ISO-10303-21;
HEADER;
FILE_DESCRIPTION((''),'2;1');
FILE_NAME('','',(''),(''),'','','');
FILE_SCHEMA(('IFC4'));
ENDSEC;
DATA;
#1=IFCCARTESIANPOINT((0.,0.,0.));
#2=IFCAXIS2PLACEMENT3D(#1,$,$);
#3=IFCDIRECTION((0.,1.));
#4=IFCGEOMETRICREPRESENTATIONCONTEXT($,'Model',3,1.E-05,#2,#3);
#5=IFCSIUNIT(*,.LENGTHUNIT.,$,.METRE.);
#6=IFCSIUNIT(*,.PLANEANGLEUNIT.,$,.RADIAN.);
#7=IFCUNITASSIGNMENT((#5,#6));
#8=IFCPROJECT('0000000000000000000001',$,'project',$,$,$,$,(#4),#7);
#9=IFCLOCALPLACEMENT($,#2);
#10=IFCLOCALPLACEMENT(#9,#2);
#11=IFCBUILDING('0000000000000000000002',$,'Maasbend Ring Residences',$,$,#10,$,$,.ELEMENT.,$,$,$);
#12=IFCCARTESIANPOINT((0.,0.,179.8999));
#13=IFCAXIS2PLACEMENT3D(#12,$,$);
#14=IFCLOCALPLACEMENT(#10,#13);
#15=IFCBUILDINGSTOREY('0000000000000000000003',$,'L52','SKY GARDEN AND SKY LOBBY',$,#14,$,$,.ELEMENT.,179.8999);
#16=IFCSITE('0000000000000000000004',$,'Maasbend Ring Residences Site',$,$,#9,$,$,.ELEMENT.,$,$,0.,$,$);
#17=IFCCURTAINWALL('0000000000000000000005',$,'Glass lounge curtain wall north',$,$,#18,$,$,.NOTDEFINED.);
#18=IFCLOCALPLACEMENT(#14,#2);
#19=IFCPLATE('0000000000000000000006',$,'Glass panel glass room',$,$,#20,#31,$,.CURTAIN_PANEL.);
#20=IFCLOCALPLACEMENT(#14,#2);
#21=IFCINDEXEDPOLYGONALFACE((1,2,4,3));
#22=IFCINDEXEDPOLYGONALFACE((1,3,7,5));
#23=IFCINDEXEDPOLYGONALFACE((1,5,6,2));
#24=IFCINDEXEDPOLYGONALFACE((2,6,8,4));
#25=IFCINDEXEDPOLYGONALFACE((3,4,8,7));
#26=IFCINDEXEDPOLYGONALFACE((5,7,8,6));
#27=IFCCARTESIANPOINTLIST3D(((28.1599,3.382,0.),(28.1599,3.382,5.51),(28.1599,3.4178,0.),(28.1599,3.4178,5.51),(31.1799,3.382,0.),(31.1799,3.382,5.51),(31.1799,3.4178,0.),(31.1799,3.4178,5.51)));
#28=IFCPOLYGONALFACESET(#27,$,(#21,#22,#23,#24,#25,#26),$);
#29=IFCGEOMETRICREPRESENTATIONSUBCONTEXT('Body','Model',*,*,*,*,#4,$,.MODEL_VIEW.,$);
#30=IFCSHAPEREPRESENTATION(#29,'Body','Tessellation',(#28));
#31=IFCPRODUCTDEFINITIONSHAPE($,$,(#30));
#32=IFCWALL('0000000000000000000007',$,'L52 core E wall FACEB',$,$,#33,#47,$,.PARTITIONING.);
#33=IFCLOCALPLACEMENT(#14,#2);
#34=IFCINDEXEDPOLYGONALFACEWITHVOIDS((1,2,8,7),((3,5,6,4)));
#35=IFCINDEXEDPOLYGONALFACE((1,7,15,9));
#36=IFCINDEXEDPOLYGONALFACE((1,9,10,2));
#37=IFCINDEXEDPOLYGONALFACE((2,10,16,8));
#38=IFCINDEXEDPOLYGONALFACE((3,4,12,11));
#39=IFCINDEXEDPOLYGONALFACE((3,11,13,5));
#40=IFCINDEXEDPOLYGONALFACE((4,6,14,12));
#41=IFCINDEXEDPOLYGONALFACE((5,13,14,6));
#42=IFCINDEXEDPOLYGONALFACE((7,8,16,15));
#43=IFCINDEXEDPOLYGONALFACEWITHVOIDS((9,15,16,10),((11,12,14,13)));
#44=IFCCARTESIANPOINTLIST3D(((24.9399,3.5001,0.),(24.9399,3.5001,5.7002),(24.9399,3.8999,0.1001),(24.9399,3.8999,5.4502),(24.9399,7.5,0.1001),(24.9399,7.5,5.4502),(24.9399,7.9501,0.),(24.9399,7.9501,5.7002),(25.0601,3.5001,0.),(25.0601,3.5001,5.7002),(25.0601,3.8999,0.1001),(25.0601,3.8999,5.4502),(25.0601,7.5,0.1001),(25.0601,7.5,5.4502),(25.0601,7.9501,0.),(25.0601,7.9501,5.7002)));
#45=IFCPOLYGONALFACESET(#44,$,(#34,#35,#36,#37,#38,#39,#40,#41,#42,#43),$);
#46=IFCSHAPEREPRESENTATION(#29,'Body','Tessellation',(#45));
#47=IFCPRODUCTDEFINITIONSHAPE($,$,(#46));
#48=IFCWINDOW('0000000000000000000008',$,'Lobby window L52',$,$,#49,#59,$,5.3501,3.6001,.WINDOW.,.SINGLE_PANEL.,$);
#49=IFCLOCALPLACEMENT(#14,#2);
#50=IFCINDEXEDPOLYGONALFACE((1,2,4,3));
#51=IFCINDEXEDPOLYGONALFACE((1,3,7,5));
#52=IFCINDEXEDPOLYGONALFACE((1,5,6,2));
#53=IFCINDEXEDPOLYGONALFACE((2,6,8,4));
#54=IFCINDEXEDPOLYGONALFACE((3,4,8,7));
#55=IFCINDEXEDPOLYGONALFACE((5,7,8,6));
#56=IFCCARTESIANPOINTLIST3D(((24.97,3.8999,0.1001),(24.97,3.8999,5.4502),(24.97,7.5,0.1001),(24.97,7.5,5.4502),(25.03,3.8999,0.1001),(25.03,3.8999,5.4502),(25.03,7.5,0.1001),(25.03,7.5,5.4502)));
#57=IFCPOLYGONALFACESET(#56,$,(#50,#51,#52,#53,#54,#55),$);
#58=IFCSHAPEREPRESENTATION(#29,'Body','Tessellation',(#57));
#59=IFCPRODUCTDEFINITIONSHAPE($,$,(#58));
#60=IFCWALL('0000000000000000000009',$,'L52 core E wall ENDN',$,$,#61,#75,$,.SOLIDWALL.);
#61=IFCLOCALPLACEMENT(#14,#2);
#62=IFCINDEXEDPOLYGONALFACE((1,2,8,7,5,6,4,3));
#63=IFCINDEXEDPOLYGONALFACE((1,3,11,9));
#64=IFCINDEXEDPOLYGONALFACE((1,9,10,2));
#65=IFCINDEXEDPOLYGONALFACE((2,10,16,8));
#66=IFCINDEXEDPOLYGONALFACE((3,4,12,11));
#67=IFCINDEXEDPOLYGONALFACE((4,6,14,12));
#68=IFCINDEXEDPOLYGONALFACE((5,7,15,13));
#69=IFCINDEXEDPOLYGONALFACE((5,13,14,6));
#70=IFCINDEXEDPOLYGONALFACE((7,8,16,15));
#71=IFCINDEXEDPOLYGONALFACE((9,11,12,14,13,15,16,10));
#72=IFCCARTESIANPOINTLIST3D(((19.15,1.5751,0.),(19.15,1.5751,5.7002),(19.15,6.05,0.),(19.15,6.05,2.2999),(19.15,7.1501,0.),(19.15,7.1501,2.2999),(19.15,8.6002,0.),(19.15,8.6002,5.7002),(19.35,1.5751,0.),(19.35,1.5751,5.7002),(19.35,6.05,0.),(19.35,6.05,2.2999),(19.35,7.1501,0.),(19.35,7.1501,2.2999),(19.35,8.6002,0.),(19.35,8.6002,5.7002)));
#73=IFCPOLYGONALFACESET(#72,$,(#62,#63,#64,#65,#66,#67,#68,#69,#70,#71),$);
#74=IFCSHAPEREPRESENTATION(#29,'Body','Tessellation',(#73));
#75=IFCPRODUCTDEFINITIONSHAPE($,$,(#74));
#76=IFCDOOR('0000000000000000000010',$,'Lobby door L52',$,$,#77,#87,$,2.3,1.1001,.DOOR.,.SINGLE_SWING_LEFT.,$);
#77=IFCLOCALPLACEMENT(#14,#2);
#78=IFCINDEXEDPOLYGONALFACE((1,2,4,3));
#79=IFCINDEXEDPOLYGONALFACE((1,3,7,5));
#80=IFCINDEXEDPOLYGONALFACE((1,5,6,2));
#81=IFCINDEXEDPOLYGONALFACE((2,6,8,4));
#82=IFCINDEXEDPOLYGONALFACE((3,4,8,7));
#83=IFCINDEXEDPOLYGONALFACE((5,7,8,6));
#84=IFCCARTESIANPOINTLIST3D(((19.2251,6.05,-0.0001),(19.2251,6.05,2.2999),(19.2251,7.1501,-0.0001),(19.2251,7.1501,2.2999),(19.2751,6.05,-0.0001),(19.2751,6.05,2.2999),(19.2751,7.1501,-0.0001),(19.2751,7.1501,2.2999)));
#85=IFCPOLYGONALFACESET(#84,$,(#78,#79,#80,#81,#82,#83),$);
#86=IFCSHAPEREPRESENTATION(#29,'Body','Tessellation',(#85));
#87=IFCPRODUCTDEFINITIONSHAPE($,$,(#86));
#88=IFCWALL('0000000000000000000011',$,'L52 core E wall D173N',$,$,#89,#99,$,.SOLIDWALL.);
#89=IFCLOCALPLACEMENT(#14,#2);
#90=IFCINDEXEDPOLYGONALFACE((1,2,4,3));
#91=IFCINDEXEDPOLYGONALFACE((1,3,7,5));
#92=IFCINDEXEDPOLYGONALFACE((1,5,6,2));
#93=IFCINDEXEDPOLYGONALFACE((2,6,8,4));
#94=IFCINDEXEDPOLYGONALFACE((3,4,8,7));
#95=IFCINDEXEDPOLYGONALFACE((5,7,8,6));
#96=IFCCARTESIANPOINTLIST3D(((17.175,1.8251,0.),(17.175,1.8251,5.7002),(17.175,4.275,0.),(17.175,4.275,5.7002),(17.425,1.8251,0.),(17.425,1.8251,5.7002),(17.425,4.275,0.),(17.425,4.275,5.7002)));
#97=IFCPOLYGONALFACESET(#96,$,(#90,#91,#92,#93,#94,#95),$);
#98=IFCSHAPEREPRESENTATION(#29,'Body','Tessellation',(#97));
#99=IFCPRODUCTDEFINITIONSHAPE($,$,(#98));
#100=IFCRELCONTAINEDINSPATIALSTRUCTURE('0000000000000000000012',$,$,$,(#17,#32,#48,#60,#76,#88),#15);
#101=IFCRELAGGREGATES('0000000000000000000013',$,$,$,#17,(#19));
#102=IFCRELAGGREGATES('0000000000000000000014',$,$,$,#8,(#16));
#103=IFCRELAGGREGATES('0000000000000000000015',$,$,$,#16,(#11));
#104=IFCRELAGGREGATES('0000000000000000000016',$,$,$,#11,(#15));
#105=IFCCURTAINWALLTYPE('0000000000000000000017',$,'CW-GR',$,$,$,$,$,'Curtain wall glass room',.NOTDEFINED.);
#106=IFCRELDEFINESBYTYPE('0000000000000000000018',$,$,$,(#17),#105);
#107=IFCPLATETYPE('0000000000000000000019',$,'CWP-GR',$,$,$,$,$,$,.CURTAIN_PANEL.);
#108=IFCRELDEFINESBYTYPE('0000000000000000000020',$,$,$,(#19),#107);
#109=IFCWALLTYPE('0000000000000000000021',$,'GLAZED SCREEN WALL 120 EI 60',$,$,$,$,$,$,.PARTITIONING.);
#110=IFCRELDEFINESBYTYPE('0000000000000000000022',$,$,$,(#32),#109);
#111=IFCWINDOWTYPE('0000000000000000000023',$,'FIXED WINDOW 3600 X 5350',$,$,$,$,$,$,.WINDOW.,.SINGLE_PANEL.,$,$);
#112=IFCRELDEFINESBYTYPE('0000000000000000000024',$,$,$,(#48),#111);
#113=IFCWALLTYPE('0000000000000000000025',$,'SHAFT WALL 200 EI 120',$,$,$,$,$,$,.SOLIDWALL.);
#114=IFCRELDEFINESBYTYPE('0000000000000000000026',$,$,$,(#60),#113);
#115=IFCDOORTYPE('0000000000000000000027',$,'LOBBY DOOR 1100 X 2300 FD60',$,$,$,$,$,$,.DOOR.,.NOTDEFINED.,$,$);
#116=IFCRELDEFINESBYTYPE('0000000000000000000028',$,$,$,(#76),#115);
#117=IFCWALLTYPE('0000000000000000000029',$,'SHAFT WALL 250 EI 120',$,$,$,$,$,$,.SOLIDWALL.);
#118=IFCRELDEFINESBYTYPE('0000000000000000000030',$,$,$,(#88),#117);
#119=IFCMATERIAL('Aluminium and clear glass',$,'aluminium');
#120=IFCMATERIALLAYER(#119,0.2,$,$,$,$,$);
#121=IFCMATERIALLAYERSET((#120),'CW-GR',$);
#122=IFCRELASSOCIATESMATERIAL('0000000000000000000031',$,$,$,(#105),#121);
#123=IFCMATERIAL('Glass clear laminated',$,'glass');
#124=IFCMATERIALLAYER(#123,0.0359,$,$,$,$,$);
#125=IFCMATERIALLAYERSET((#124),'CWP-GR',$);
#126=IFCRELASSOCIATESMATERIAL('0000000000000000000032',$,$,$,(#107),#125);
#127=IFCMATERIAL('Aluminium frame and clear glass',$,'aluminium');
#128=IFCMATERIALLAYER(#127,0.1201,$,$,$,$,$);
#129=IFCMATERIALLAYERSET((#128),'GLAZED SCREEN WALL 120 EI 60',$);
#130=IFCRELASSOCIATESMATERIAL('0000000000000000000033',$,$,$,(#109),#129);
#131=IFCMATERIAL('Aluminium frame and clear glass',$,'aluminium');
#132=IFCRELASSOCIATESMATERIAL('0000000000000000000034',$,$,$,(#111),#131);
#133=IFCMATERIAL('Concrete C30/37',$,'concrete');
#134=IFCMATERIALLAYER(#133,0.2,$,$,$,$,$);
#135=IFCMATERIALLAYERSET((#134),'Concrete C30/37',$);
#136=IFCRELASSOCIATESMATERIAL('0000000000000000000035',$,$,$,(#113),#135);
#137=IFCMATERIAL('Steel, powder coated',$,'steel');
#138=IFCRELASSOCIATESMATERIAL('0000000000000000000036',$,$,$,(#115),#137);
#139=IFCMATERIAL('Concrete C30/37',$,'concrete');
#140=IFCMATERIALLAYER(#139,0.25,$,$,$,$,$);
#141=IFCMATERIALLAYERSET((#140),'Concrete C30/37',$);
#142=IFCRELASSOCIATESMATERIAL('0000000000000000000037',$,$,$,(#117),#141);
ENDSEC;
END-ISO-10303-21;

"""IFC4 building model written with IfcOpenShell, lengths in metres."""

from ifc_helpers import new_model, si_unit, direction, frame, frame_2d, origin, origin_2d, place, context, subcontext, project, spatial, rectangle, extrude, material, layer, layer_set, type_object, element, fill, aggregate, save


model = new_model("IFC4")

# Units and contexts
model_context = context("Model", 3, precision=1e-05, world=origin(), true_north=direction((0.0, 1.0)))
body_context = subcontext(model_context, "Body", "Model", "MODEL_VIEW")
ifc_project = project(units=[si_unit("LENGTHUNIT", "METRE"), si_unit("PLANEANGLEUNIT", "RADIAN")], contexts=[model_context])

# Site, building, storey
site_placement = place(None, origin())
site = spatial("IfcSite", under=ifc_project, at=site_placement, Name="Maasbend Ring Residences Site", CompositionType="ELEMENT", RefElevation=0.0)
building_placement = place(site_placement, origin())
building = spatial("IfcBuilding", under=site, at=building_placement, Name="Maasbend Ring Residences", CompositionType="ELEMENT")
storey_placement = place(building_placement, frame((0.0, 0.0, 179.8999)))
storey = spatial("IfcBuildingStorey", under=building, at=storey_placement, Name="L52", Description="SKY GARDEN AND SKY LOBBY", CompositionType="ELEMENT", Elevation=179.8999)

# Curtain wall
ifc_material_1 = material(Name="Aluminium and clear glass", Category="aluminium")
ifc_layer_1 = layer(ifc_material_1, 0.2)
ifc_layer_set_1 = layer_set([ifc_layer_1], Name="CW-GR")
curtain_wall_type = type_object("IfcCurtainWallType", Name="CW-GR", ElementType="Curtain wall glass room", PredefinedType="NOTDEFINED", material=ifc_layer_set_1)
curtain_wall_1_placement = place(storey_placement, origin())
curtain_wall_1 = element("IfcCurtainWall", 1, at=curtain_wall_1_placement, inside=storey, type_object=curtain_wall_type, Name="Glass lounge curtain wall north", PredefinedType="NOTDEFINED")

# Plate
ifc_material_2 = material(Name="Glass clear laminated", Category="glass")
ifc_layer_2 = layer(ifc_material_2, 0.0359)
ifc_layer_set_2 = layer_set([ifc_layer_2], Name="CWP-GR")
plate_type = type_object("IfcPlateType", Name="CWP-GR", PredefinedType="CURTAIN_PANEL", material=ifc_layer_set_2)
plate_1_placement = place(storey_placement, frame((29.6699, 3.3999, 0.0), z_axis=(0.0, 0.0, 1.0), x_axis=(1.0, 0.0, 0.0)))
plate_1 = element("IfcPlate", 2, at=plate_1_placement, type_object=plate_type, Name="Glass panel glass room", PredefinedType="CURTAIN_PANEL", context=body_context, shape_type="SweptSolid", body=[
    extrude(rectangle(XDim=3.02, YDim=0.0359, at=origin_2d()), origin(), (0.0, 0.0, 1.0), 5.51),
])
aggregate(curtain_wall_1, [plate_1])

# Wall, opening, window
ifc_material_3 = material(Name="Aluminium frame and clear glass", Category="aluminium")
ifc_layer_3 = layer(ifc_material_3, 0.1201)
ifc_layer_set_3 = layer_set([ifc_layer_3], Name="GLAZED SCREEN WALL 120 EI 60")
wall_type_1 = type_object("IfcWallType", Name="GLAZED SCREEN WALL 120 EI 60", PredefinedType="PARTITIONING", material=ifc_layer_set_3)
wall_1_placement = place(storey_placement, frame((25.0, 3.5, 0.0), z_axis=(0.0, 0.0, 1.0), x_axis=(0.0, 1.0, 0.0)))
wall_1 = element("IfcWall", 3, at=wall_1_placement, inside=storey, type_object=wall_type_1, Name="L52 core E wall FACEB", PredefinedType="PARTITIONING", context=body_context, shape_type="SweptSolid", body=[
    extrude(rectangle(XDim=4.45, YDim=0.1201, at=frame_2d((2.2251, 0.0))), origin(), (0.0, 0.0, 1.0), 5.7002),
])
opening_1_placement = place(wall_1_placement, frame((0.3999, 0.0, 0.1001)))
opening_1 = element("IfcOpeningElement", 4, at=opening_1_placement, cuts=wall_1, PredefinedType="OPENING", context=body_context, shape_type="SweptSolid", body=[
    extrude(rectangle(XDim=3.6001, YDim=5.3501, at=frame_2d((1.8, 2.675))), frame((0.0, 0.0701, 0.0), z_axis=(0.0, -1.0, 0.0), x_axis=(1.0, 0.0, 0.0)), (0.0, 0.0, 1.0), 0.1401),
])
ifc_material_4 = material(Name="Aluminium frame and clear glass", Category="aluminium")
window_type = type_object("IfcWindowType", Name="FIXED WINDOW 3600 X 5350", PartitioningType="SINGLE_PANEL", PredefinedType="WINDOW", material=ifc_material_4)
window_placement = place(opening_1_placement, origin())
window = element("IfcWindow", 5, at=window_placement, inside=storey, type_object=window_type, Name="Lobby window L52", OverallHeight=5.3501, OverallWidth=3.6001, PartitioningType="SINGLE_PANEL", PredefinedType="WINDOW", context=body_context, shape_type="SweptSolid", body=[
    extrude(rectangle(XDim=3.6001, YDim=5.3501, at=frame_2d((1.8, 2.675))), frame((0.0, 0.03, 0.0), z_axis=(0.0, -1.0, 0.0), x_axis=(1.0, 0.0, 0.0)), (0.0, 0.0, 1.0), 0.0601),
])
fill(opening_1, window)

# Wall, opening, door
ifc_material_5 = material(Name="Concrete C30/37", Category="concrete")
ifc_layer_4 = layer(ifc_material_5, 0.2)
ifc_layer_set_4 = layer_set([ifc_layer_4], Name="Concrete C30/37")
wall_type_2 = type_object("IfcWallType", Name="SHAFT WALL 200 EI 120", PredefinedType="SOLIDWALL", material=ifc_layer_set_4)
wall_2_placement = place(storey_placement, frame((19.25, 1.575, 0.0), z_axis=(0.0, 0.0, 1.0), x_axis=(0.0, 1.0, 0.0)))
wall_2 = element("IfcWall", 6, at=wall_2_placement, inside=storey, type_object=wall_type_2, Name="L52 core E wall ENDN", PredefinedType="SOLIDWALL", context=body_context, shape_type="SweptSolid", body=[
    extrude(rectangle(XDim=7.0251, YDim=0.2, at=frame_2d((3.5127, 0.0))), origin(), (0.0, 0.0, 1.0), 5.7002),
])
opening_2_placement = place(wall_2_placement, frame((4.4751, 0.0, 0.0)))
opening_2 = element("IfcOpeningElement", 7, at=opening_2_placement, cuts=wall_2, PredefinedType="OPENING", context=body_context, shape_type="SweptSolid", body=[
    extrude(rectangle(XDim=1.1001, YDim=2.3, at=frame_2d((0.55, 1.1499))), frame((0.0, 0.1099, 0.0), z_axis=(0.0, -1.0, 0.0), x_axis=(1.0, 0.0, 0.0)), (0.0, 0.0, 1.0), 0.22),
])
ifc_material_6 = material(Name="Steel, powder coated", Category="steel")
door_type = type_object("IfcDoorType", Name="LOBBY DOOR 1100 X 2300 FD60", OperationType="NOTDEFINED", PredefinedType="DOOR", material=ifc_material_6)
door_placement = place(opening_2_placement, origin())
door = element("IfcDoor", 8, at=door_placement, inside=storey, type_object=door_type, Name="Lobby door L52", OperationType="SINGLE_SWING_LEFT", OverallHeight=2.3, OverallWidth=1.1001, PredefinedType="DOOR", context=body_context, shape_type="SweptSolid", body=[
    extrude(rectangle(XDim=1.1001, YDim=2.3, at=frame_2d((0.55, 1.1499))), frame((0.0, 0.0249, 0.0), z_axis=(0.0, -1.0, 0.0), x_axis=(1.0, 0.0, 0.0)), (0.0, 0.0, 1.0), 0.05),
])
fill(opening_2, door)

# Wall
ifc_material_7 = material(Name="Concrete C30/37", Category="concrete")
ifc_layer_5 = layer(ifc_material_7, 0.25)
ifc_layer_set_5 = layer_set([ifc_layer_5], Name="Concrete C30/37")
wall_type_3 = type_object("IfcWallType", Name="SHAFT WALL 250 EI 120", PredefinedType="SOLIDWALL", material=ifc_layer_set_5)
wall_3_placement = place(storey_placement, frame((17.3, 1.825, 0.0), z_axis=(0.0, 0.0, 1.0), x_axis=(0.0, 1.0, 0.0)))
element("IfcWall", 9, at=wall_3_placement, inside=storey, type_object=wall_type_3, Name="L52 core E wall D173N", PredefinedType="SOLIDWALL", context=body_context, shape_type="SweptSolid", body=[
    extrude(rectangle(XDim=2.45, YDim=0.25, at=frame_2d((1.2251, 0.0))), origin(), (0.0, 0.0, 1.0), 5.7002),
])

save(model, "model.ifc")
